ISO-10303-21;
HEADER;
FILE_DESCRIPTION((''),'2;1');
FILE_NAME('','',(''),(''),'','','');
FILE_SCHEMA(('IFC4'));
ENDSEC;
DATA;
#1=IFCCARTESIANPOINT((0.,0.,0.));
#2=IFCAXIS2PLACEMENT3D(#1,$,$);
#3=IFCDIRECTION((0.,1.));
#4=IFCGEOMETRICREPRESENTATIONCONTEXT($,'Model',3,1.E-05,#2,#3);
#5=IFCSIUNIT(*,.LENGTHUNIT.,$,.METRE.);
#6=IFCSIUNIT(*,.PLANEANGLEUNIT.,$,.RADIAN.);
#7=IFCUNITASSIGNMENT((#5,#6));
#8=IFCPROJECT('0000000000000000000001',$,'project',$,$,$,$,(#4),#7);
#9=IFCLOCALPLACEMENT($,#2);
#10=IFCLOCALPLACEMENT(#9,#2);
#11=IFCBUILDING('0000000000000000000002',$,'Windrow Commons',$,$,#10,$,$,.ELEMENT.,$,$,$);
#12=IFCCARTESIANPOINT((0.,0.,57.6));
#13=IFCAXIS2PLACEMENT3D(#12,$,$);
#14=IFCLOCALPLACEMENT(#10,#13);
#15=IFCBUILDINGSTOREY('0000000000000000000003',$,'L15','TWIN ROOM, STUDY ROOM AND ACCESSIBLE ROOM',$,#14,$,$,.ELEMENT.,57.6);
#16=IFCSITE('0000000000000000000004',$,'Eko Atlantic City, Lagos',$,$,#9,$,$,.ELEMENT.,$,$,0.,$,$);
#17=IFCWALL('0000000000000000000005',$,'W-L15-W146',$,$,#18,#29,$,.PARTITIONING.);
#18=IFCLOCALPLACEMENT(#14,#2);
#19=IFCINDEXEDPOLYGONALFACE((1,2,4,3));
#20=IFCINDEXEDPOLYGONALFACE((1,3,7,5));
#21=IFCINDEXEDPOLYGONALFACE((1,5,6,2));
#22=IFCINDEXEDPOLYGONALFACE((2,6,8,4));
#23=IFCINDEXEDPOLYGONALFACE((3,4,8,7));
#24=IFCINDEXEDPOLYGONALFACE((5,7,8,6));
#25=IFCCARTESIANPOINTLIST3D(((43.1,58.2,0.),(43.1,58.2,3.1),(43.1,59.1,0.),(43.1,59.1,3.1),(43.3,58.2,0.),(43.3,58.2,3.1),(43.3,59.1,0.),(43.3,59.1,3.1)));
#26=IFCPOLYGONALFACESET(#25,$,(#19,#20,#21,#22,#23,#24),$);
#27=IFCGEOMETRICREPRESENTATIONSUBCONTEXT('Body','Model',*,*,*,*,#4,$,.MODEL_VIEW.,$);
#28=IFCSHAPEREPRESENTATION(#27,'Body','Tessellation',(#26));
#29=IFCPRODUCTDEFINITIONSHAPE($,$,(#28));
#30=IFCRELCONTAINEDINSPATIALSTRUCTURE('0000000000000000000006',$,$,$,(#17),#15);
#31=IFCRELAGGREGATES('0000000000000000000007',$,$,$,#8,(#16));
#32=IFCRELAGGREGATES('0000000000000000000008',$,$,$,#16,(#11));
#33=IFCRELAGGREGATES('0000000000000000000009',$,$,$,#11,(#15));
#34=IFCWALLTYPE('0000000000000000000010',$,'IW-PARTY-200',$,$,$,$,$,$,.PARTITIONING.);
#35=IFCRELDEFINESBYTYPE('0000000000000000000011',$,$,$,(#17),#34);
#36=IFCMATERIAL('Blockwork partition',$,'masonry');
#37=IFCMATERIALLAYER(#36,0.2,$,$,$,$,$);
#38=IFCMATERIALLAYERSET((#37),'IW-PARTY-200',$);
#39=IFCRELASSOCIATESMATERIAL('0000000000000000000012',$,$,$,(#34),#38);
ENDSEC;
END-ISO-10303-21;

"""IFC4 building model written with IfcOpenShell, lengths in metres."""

from ifc_helpers import new_model, si_unit, direction, frame, frame_2d, origin, place, context, subcontext, project, spatial, rectangle, extrude, material, layer, layer_set, type_object, element, save


model = new_model("IFC4")

# Units and contexts
model_context = context("Model", 3, precision=1e-05, world=origin(), true_north=direction((0.0, 1.0)))
body_context = subcontext(model_context, "Body", "Model", "MODEL_VIEW")
ifc_project = project(units=[si_unit("LENGTHUNIT", "METRE"), si_unit("PLANEANGLEUNIT", "RADIAN")], contexts=[model_context])

# Site, building, storey
site_placement = place(None, origin())
site = spatial("IfcSite", under=ifc_project, at=site_placement, Name="Eko Atlantic City, Lagos", CompositionType="ELEMENT", RefElevation=0.0)
building_placement = place(site_placement, origin())
building = spatial("IfcBuilding", under=site, at=building_placement, Name="Windrow Commons", CompositionType="ELEMENT")
storey_placement = place(building_placement, frame((0.0, 0.0, 57.6)))
storey = spatial("IfcBuildingStorey", under=building, at=storey_placement, Name="L15", Description="TWIN ROOM, STUDY ROOM AND ACCESSIBLE ROOM", CompositionType="ELEMENT", Elevation=57.6)

# Wall
ifc_material_1 = material(Name="Blockwork partition", Category="masonry")
ifc_layer_1 = layer(ifc_material_1, 0.2)
ifc_layer_set_1 = layer_set([ifc_layer_1], Name="IW-PARTY-200")
wall_type_1 = type_object("IfcWallType", Name="IW-PARTY-200", PredefinedType="PARTITIONING", material=ifc_layer_set_1)
wall_1_placement = place(storey_placement, frame((43.2, 58.2, 0.0), z_axis=(0.0, 0.0, 1.0), x_axis=(0.0, 1.0, 0.0)))
element("IfcWall", 1, at=wall_1_placement, inside=storey, type_object=wall_type_1, Name="W-L15-W146", PredefinedType="PARTITIONING", context=body_context, shape_type="SweptSolid", body=[
    extrude(rectangle(XDim=0.9, YDim=0.2, at=frame_2d((0.45, 0.0))), origin(), (0.0, 0.0, 1.0), 3.1),
])

save(model, "model.ifc")
